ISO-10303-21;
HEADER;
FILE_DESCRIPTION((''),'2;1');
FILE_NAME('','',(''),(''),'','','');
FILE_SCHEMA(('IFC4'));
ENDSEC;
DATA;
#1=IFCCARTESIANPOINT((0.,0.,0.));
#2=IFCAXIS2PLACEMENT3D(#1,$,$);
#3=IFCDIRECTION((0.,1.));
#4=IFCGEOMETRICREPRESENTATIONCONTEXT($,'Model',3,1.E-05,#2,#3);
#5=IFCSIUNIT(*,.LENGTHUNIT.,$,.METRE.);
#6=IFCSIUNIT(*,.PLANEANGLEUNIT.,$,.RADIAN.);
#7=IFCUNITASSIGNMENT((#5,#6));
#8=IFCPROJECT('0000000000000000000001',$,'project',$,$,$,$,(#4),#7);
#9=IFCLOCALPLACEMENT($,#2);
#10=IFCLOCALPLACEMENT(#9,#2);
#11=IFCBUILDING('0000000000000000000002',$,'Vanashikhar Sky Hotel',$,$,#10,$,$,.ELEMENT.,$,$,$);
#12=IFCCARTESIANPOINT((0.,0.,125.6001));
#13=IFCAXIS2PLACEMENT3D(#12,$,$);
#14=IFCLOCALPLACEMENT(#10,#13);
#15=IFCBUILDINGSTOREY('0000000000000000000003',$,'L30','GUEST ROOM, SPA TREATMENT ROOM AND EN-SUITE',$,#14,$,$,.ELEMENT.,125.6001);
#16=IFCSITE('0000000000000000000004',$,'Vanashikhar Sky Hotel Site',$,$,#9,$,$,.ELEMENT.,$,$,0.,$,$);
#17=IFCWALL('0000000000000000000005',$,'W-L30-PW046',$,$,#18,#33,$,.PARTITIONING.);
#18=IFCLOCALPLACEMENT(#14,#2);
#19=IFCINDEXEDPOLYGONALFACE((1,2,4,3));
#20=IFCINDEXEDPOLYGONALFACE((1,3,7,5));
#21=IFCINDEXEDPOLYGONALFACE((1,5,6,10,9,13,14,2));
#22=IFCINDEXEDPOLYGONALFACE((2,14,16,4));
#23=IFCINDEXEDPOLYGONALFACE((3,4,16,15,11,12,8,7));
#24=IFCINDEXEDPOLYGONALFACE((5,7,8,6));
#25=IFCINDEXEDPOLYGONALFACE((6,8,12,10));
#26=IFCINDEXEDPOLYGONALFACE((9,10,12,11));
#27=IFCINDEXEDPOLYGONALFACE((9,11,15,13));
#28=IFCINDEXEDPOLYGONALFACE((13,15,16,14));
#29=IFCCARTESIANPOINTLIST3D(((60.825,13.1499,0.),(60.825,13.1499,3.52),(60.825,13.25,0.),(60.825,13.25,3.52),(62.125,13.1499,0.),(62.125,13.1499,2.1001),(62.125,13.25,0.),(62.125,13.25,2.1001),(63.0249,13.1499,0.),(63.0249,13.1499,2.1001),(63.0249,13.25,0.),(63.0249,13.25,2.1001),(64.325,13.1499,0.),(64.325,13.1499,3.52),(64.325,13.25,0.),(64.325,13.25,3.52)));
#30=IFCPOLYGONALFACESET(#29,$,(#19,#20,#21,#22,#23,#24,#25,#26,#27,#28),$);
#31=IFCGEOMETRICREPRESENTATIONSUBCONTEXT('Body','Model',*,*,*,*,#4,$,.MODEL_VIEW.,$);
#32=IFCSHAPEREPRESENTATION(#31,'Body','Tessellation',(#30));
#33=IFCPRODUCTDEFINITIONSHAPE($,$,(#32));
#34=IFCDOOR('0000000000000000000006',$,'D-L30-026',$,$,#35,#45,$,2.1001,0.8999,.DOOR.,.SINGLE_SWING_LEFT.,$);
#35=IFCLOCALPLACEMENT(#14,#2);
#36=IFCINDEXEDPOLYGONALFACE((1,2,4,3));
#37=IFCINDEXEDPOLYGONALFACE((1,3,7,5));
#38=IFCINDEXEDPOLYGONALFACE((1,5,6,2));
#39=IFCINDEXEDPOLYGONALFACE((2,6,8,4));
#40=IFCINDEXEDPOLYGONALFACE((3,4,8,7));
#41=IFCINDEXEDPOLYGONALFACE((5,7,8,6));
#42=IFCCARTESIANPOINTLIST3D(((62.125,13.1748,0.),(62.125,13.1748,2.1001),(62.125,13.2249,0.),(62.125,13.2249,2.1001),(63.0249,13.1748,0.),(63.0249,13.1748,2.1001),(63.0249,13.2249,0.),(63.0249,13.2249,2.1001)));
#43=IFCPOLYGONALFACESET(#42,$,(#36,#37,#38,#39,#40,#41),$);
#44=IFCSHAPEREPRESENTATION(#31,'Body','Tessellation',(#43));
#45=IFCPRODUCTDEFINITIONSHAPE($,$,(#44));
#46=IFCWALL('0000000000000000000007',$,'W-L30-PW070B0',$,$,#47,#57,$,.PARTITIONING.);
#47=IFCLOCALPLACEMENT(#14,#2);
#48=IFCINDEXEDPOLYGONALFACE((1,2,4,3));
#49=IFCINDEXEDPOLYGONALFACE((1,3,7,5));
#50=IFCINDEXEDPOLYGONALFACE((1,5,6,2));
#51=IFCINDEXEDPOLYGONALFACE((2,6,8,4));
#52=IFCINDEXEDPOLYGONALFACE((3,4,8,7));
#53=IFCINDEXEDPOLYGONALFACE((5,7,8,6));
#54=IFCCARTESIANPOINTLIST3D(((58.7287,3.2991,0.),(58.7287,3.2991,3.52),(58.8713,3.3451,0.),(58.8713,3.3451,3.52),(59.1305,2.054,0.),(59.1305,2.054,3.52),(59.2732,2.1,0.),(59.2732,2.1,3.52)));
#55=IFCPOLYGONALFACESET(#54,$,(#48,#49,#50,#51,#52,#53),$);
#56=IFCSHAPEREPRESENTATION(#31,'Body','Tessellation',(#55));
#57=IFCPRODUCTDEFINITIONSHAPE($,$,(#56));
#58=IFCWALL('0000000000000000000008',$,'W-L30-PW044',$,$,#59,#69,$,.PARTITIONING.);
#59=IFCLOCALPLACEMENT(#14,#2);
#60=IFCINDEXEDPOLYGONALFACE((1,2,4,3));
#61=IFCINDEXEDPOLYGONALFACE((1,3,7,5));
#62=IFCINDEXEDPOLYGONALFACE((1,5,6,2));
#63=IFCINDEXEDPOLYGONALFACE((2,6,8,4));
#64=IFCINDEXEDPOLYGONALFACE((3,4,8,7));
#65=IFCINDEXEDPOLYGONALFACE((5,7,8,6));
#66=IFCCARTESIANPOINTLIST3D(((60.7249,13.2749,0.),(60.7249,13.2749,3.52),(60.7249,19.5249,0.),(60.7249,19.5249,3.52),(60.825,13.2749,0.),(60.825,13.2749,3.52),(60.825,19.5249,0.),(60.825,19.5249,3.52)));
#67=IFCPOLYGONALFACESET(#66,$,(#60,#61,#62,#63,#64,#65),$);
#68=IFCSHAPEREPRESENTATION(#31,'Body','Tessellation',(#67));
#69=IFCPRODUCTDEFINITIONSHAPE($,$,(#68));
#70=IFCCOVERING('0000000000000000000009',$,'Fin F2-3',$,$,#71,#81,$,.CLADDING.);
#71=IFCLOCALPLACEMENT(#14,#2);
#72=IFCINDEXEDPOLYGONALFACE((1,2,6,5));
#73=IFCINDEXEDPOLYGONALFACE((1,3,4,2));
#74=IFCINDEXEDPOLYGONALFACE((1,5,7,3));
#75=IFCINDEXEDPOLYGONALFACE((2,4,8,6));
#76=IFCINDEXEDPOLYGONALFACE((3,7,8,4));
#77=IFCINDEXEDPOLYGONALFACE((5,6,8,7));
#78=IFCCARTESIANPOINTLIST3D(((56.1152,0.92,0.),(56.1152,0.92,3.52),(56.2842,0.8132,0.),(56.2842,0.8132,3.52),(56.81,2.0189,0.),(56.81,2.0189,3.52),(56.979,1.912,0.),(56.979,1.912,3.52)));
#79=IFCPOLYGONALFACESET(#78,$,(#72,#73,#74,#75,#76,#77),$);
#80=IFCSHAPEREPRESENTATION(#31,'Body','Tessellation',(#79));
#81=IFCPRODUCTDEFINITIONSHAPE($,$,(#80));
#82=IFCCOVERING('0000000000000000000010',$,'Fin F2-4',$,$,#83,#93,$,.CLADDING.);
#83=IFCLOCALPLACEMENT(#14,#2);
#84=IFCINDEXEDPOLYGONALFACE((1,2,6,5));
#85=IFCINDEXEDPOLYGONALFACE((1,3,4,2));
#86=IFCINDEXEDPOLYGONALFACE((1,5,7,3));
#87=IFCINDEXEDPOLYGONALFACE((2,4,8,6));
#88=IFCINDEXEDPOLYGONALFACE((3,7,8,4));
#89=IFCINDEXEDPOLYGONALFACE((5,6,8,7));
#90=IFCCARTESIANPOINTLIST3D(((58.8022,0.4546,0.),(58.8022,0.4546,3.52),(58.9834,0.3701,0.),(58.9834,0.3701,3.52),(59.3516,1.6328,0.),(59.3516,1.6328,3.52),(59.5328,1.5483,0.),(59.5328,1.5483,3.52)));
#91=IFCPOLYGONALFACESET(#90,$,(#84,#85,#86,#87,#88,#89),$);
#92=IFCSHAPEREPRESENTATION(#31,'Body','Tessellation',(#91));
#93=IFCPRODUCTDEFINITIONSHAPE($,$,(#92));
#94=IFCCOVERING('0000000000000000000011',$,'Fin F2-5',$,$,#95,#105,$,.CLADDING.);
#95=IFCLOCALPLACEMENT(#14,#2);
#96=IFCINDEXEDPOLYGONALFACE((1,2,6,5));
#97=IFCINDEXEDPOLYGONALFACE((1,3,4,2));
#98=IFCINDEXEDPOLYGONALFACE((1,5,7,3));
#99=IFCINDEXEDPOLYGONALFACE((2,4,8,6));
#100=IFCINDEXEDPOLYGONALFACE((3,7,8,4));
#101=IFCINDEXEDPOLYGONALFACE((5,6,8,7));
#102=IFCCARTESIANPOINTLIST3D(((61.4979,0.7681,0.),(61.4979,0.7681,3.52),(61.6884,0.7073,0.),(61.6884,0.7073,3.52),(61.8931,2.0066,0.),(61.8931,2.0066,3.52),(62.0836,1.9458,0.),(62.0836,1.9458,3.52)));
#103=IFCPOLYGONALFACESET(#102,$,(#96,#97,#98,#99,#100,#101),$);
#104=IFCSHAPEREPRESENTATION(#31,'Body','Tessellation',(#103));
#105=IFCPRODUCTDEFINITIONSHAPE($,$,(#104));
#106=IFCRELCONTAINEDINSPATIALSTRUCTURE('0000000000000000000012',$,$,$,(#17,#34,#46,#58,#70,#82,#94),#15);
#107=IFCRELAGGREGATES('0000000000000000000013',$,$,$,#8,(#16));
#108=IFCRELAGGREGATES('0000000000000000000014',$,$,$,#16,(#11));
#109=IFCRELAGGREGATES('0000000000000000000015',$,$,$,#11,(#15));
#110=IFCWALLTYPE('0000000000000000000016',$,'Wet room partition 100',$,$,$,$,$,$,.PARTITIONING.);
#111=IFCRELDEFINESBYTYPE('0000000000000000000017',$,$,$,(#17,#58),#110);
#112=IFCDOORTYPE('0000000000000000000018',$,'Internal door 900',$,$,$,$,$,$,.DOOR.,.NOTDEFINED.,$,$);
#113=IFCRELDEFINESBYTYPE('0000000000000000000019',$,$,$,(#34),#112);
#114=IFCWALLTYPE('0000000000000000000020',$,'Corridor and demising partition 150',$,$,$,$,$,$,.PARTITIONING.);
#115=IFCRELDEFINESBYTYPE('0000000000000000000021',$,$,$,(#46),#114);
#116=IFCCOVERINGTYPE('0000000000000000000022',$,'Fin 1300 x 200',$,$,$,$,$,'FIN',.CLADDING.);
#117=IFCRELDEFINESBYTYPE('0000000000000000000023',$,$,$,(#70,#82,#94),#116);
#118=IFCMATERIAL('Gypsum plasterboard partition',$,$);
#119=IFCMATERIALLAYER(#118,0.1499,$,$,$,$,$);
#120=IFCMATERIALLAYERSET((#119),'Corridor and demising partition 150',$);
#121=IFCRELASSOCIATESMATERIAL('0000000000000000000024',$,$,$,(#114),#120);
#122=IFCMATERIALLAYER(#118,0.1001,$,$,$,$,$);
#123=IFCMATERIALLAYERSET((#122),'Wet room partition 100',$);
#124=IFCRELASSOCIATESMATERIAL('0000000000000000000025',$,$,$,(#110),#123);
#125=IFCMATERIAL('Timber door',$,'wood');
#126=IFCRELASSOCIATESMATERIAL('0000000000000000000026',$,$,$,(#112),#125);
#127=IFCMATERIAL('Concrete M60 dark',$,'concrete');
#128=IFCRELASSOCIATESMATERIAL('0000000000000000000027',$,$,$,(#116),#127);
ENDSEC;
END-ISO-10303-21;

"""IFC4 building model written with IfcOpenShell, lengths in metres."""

from ifc_helpers import new_model, si_unit, direction, frame, frame_2d, origin, origin_2d, place, context, subcontext, project, spatial, rectangle, extrude, source, transform, mapped, material, layer, layer_set, material_profile, profile_set, type_object, element, fill, save


model = new_model("IFC4")

# Units and contexts
model_context = context("Model", 3, precision=1e-05, world=origin(), true_north=direction((0.0, 1.0)))
body_context = subcontext(model_context, "Body", "Model", "MODEL_VIEW")
ifc_project = project(units=[si_unit("LENGTHUNIT", "METRE"), si_unit("PLANEANGLEUNIT", "RADIAN")], contexts=[model_context])

# Site, building, storey
site_placement = place(None, origin())
site = spatial("IfcSite", under=ifc_project, at=site_placement, Name="Vanashikhar Sky Hotel Site", CompositionType="ELEMENT", RefElevation=0.0)
building_placement = place(site_placement, origin())
building = spatial("IfcBuilding", under=site, at=building_placement, Name="Vanashikhar Sky Hotel", CompositionType="ELEMENT")
storey_placement = place(building_placement, frame((0.0, 0.0, 125.6001)))
storey = spatial("IfcBuildingStorey", under=building, at=storey_placement, Name="L30", Description="GUEST ROOM, SPA TREATMENT ROOM AND EN-SUITE", CompositionType="ELEMENT", Elevation=125.6001)

# Shared definitions
ifc_material_1 = material(Name="Gypsum plasterboard partition")
ifc_layer_1 = layer(ifc_material_1, 0.1499)
ifc_layer_set_1 = layer_set([ifc_layer_1], Name="Corridor and demising partition 150")
wall_type_1 = type_object("IfcWallType", Name="Corridor and demising partition 150", PredefinedType="PARTITIONING", material=ifc_layer_set_1)

# Wall, opening, door
ifc_layer_2 = layer(ifc_material_1, 0.1001)
ifc_layer_set_2 = layer_set([ifc_layer_2], Name="Wet room partition 100")
wall_type_2 = type_object("IfcWallType", Name="Wet room partition 100", PredefinedType="PARTITIONING", material=ifc_layer_set_2)
shared_shape_1 = source(origin(), body_context, "Body", "SweptSolid", [
    extrude(rectangle(XDim=3.5, YDim=0.1001, at=frame_2d((1.75, 0.0))), origin(), (0.0, 0.0, 1.0), 3.52),
])
wall_1_placement = place(storey_placement, frame((60.825, 13.2, 0.0), z_axis=(0.0, 0.0, 1.0), x_axis=(1.0, 0.0, 0.0)))
wall_1 = element("IfcWall", 1, at=wall_1_placement, inside=storey, type_object=wall_type_2, Name="W-L30-PW046", PredefinedType="PARTITIONING", context=body_context, shape_type="MappedRepresentation", body=[
    mapped(shared_shape_1, transform((0.0, 0.0, 0.0), scale=1.0)),
])
shared_shape_2 = source(origin(), body_context, "Body", "SweptSolid", [
    extrude(rectangle(XDim=0.8999, YDim=2.1001, at=frame_2d((0.45, 1.05))), frame((0.0, 0.0601, 0.0), z_axis=(0.0, -1.0, 0.0), x_axis=(1.0, 0.0, 0.0)), (0.0, 0.0, 1.0), 0.1201),
])
opening_1_placement = place(wall_1_placement, frame((1.3, 0.0, 0.0)))
opening_1 = element("IfcOpeningElement", 2, at=opening_1_placement, cuts=wall_1, PredefinedType="OPENING", context=body_context, shape_type="MappedRepresentation", body=[
    mapped(shared_shape_2, transform((0.0, 0.0, 0.0), scale=1.0)),
])
ifc_material_2 = material(Name="Timber door", Category="wood")
door_type = type_object("IfcDoorType", Name="Internal door 900", OperationType="NOTDEFINED", PredefinedType="DOOR", material=ifc_material_2)
shared_shape_3 = source(origin(), body_context, "Body", "SweptSolid", [
    extrude(rectangle(XDim=0.8999, YDim=2.1001, at=frame_2d((0.45, 1.05))), frame((0.0, 0.0249, 0.0), z_axis=(0.0, -1.0, 0.0), x_axis=(1.0, 0.0, 0.0)), (0.0, 0.0, 1.0), 0.05),
])
door_placement = place(opening_1_placement, origin())
door = element("IfcDoor", 3, at=door_placement, inside=storey, type_object=door_type, Name="D-L30-026", OperationType="SINGLE_SWING_LEFT", OverallHeight=2.1001, OverallWidth=0.8999, PredefinedType="DOOR", context=body_context, shape_type="MappedRepresentation", body=[
    mapped(shared_shape_3, transform((0.0, 0.0, 0.0), scale=1.0)),
])
fill(opening_1, door)

# Walls
shared_shape_4 = source(origin(), body_context, "Body", "SweptSolid", [
    extrude(rectangle(XDim=1.3083, YDim=0.1499, at=frame_2d((0.6543, 0.0))), origin(), (0.0, 0.0, 1.0), 3.52),
])
wall_2_placement = place(storey_placement, frame((59.2019, 2.0769, 0.0), z_axis=(0.0, 0.0, 1.0), x_axis=(-0.307145, 0.951663, 0.0)))
element("IfcWall", 4, at=wall_2_placement, inside=storey, type_object=wall_type_1, Name="W-L30-PW070B0", PredefinedType="PARTITIONING", context=body_context, shape_type="MappedRepresentation", body=[
    mapped(shared_shape_4, transform((0.0, 0.0, 0.0), scale=1.0)),
])
shared_shape_5 = source(origin(), body_context, "Body", "SweptSolid", [
    extrude(rectangle(XDim=6.25, YDim=0.1001, at=frame_2d((3.125, 0.0))), origin(), (0.0, 0.0, 1.0), 3.52),
])
wall_3_placement = place(storey_placement, frame((60.7749, 13.2749, 0.0), z_axis=(0.0, 0.0, 1.0), x_axis=(0.0, 1.0, 0.0)))
element("IfcWall", 5, at=wall_3_placement, inside=storey, type_object=wall_type_2, Name="W-L30-PW044", PredefinedType="PARTITIONING", context=body_context, shape_type="MappedRepresentation", body=[
    mapped(shared_shape_5, transform((0.0, 0.0, 0.0), scale=1.0)),
])

# Coverings
ifc_material_3 = material(Name="Concrete M60 dark", Category="concrete")
ifc_material_profile = material_profile(ifc_material_3, rectangle(XDim=1.3, YDim=0.2, at=origin_2d()))
ifc_profile_set = profile_set([ifc_material_profile], Name="Fin 1300 x 200")
covering_type = type_object("IfcCoveringType", Name="Fin 1300 x 200", ElementType="FIN", PredefinedType="CLADDING", material=ifc_profile_set)
shared_shape_6 = source(origin(), body_context, "Body", "SweptSolid", [
    extrude(rectangle(XDim=1.3, YDim=0.2, at=origin_2d()), origin(), (0.0, 0.0, 1.0), 3.52),
])
for number, where, z_axis, x_axis, name in (
    (6, (56.5471, 1.416, 0.0), (0.0, 0.0, 1.0), (-0.534411, -0.845225, 0.0), "Fin F2-3"),
    (7, (59.1675, 1.0015, 0.0), (0.0, 0.0, 1.0), (-0.422618, -0.906308, 0.0), "Fin F2-4"),
    (8, (61.7908, 1.3569, 0.0), (0.0, 0.0, 1.0), (-0.303967, -0.952683, 0.0), "Fin F2-5"),
):
    element("IfcCovering", number, at=place(storey_placement, frame(where, z_axis=z_axis, x_axis=x_axis)), inside=storey, type_object=covering_type, Name=name, PredefinedType="CLADDING", context=body_context, shape_type="MappedRepresentation", body=[
        mapped(shared_shape_6, transform((0.0, 0.0, 0.0), scale=1.0)),
    ])

save(model, "model.ifc")
